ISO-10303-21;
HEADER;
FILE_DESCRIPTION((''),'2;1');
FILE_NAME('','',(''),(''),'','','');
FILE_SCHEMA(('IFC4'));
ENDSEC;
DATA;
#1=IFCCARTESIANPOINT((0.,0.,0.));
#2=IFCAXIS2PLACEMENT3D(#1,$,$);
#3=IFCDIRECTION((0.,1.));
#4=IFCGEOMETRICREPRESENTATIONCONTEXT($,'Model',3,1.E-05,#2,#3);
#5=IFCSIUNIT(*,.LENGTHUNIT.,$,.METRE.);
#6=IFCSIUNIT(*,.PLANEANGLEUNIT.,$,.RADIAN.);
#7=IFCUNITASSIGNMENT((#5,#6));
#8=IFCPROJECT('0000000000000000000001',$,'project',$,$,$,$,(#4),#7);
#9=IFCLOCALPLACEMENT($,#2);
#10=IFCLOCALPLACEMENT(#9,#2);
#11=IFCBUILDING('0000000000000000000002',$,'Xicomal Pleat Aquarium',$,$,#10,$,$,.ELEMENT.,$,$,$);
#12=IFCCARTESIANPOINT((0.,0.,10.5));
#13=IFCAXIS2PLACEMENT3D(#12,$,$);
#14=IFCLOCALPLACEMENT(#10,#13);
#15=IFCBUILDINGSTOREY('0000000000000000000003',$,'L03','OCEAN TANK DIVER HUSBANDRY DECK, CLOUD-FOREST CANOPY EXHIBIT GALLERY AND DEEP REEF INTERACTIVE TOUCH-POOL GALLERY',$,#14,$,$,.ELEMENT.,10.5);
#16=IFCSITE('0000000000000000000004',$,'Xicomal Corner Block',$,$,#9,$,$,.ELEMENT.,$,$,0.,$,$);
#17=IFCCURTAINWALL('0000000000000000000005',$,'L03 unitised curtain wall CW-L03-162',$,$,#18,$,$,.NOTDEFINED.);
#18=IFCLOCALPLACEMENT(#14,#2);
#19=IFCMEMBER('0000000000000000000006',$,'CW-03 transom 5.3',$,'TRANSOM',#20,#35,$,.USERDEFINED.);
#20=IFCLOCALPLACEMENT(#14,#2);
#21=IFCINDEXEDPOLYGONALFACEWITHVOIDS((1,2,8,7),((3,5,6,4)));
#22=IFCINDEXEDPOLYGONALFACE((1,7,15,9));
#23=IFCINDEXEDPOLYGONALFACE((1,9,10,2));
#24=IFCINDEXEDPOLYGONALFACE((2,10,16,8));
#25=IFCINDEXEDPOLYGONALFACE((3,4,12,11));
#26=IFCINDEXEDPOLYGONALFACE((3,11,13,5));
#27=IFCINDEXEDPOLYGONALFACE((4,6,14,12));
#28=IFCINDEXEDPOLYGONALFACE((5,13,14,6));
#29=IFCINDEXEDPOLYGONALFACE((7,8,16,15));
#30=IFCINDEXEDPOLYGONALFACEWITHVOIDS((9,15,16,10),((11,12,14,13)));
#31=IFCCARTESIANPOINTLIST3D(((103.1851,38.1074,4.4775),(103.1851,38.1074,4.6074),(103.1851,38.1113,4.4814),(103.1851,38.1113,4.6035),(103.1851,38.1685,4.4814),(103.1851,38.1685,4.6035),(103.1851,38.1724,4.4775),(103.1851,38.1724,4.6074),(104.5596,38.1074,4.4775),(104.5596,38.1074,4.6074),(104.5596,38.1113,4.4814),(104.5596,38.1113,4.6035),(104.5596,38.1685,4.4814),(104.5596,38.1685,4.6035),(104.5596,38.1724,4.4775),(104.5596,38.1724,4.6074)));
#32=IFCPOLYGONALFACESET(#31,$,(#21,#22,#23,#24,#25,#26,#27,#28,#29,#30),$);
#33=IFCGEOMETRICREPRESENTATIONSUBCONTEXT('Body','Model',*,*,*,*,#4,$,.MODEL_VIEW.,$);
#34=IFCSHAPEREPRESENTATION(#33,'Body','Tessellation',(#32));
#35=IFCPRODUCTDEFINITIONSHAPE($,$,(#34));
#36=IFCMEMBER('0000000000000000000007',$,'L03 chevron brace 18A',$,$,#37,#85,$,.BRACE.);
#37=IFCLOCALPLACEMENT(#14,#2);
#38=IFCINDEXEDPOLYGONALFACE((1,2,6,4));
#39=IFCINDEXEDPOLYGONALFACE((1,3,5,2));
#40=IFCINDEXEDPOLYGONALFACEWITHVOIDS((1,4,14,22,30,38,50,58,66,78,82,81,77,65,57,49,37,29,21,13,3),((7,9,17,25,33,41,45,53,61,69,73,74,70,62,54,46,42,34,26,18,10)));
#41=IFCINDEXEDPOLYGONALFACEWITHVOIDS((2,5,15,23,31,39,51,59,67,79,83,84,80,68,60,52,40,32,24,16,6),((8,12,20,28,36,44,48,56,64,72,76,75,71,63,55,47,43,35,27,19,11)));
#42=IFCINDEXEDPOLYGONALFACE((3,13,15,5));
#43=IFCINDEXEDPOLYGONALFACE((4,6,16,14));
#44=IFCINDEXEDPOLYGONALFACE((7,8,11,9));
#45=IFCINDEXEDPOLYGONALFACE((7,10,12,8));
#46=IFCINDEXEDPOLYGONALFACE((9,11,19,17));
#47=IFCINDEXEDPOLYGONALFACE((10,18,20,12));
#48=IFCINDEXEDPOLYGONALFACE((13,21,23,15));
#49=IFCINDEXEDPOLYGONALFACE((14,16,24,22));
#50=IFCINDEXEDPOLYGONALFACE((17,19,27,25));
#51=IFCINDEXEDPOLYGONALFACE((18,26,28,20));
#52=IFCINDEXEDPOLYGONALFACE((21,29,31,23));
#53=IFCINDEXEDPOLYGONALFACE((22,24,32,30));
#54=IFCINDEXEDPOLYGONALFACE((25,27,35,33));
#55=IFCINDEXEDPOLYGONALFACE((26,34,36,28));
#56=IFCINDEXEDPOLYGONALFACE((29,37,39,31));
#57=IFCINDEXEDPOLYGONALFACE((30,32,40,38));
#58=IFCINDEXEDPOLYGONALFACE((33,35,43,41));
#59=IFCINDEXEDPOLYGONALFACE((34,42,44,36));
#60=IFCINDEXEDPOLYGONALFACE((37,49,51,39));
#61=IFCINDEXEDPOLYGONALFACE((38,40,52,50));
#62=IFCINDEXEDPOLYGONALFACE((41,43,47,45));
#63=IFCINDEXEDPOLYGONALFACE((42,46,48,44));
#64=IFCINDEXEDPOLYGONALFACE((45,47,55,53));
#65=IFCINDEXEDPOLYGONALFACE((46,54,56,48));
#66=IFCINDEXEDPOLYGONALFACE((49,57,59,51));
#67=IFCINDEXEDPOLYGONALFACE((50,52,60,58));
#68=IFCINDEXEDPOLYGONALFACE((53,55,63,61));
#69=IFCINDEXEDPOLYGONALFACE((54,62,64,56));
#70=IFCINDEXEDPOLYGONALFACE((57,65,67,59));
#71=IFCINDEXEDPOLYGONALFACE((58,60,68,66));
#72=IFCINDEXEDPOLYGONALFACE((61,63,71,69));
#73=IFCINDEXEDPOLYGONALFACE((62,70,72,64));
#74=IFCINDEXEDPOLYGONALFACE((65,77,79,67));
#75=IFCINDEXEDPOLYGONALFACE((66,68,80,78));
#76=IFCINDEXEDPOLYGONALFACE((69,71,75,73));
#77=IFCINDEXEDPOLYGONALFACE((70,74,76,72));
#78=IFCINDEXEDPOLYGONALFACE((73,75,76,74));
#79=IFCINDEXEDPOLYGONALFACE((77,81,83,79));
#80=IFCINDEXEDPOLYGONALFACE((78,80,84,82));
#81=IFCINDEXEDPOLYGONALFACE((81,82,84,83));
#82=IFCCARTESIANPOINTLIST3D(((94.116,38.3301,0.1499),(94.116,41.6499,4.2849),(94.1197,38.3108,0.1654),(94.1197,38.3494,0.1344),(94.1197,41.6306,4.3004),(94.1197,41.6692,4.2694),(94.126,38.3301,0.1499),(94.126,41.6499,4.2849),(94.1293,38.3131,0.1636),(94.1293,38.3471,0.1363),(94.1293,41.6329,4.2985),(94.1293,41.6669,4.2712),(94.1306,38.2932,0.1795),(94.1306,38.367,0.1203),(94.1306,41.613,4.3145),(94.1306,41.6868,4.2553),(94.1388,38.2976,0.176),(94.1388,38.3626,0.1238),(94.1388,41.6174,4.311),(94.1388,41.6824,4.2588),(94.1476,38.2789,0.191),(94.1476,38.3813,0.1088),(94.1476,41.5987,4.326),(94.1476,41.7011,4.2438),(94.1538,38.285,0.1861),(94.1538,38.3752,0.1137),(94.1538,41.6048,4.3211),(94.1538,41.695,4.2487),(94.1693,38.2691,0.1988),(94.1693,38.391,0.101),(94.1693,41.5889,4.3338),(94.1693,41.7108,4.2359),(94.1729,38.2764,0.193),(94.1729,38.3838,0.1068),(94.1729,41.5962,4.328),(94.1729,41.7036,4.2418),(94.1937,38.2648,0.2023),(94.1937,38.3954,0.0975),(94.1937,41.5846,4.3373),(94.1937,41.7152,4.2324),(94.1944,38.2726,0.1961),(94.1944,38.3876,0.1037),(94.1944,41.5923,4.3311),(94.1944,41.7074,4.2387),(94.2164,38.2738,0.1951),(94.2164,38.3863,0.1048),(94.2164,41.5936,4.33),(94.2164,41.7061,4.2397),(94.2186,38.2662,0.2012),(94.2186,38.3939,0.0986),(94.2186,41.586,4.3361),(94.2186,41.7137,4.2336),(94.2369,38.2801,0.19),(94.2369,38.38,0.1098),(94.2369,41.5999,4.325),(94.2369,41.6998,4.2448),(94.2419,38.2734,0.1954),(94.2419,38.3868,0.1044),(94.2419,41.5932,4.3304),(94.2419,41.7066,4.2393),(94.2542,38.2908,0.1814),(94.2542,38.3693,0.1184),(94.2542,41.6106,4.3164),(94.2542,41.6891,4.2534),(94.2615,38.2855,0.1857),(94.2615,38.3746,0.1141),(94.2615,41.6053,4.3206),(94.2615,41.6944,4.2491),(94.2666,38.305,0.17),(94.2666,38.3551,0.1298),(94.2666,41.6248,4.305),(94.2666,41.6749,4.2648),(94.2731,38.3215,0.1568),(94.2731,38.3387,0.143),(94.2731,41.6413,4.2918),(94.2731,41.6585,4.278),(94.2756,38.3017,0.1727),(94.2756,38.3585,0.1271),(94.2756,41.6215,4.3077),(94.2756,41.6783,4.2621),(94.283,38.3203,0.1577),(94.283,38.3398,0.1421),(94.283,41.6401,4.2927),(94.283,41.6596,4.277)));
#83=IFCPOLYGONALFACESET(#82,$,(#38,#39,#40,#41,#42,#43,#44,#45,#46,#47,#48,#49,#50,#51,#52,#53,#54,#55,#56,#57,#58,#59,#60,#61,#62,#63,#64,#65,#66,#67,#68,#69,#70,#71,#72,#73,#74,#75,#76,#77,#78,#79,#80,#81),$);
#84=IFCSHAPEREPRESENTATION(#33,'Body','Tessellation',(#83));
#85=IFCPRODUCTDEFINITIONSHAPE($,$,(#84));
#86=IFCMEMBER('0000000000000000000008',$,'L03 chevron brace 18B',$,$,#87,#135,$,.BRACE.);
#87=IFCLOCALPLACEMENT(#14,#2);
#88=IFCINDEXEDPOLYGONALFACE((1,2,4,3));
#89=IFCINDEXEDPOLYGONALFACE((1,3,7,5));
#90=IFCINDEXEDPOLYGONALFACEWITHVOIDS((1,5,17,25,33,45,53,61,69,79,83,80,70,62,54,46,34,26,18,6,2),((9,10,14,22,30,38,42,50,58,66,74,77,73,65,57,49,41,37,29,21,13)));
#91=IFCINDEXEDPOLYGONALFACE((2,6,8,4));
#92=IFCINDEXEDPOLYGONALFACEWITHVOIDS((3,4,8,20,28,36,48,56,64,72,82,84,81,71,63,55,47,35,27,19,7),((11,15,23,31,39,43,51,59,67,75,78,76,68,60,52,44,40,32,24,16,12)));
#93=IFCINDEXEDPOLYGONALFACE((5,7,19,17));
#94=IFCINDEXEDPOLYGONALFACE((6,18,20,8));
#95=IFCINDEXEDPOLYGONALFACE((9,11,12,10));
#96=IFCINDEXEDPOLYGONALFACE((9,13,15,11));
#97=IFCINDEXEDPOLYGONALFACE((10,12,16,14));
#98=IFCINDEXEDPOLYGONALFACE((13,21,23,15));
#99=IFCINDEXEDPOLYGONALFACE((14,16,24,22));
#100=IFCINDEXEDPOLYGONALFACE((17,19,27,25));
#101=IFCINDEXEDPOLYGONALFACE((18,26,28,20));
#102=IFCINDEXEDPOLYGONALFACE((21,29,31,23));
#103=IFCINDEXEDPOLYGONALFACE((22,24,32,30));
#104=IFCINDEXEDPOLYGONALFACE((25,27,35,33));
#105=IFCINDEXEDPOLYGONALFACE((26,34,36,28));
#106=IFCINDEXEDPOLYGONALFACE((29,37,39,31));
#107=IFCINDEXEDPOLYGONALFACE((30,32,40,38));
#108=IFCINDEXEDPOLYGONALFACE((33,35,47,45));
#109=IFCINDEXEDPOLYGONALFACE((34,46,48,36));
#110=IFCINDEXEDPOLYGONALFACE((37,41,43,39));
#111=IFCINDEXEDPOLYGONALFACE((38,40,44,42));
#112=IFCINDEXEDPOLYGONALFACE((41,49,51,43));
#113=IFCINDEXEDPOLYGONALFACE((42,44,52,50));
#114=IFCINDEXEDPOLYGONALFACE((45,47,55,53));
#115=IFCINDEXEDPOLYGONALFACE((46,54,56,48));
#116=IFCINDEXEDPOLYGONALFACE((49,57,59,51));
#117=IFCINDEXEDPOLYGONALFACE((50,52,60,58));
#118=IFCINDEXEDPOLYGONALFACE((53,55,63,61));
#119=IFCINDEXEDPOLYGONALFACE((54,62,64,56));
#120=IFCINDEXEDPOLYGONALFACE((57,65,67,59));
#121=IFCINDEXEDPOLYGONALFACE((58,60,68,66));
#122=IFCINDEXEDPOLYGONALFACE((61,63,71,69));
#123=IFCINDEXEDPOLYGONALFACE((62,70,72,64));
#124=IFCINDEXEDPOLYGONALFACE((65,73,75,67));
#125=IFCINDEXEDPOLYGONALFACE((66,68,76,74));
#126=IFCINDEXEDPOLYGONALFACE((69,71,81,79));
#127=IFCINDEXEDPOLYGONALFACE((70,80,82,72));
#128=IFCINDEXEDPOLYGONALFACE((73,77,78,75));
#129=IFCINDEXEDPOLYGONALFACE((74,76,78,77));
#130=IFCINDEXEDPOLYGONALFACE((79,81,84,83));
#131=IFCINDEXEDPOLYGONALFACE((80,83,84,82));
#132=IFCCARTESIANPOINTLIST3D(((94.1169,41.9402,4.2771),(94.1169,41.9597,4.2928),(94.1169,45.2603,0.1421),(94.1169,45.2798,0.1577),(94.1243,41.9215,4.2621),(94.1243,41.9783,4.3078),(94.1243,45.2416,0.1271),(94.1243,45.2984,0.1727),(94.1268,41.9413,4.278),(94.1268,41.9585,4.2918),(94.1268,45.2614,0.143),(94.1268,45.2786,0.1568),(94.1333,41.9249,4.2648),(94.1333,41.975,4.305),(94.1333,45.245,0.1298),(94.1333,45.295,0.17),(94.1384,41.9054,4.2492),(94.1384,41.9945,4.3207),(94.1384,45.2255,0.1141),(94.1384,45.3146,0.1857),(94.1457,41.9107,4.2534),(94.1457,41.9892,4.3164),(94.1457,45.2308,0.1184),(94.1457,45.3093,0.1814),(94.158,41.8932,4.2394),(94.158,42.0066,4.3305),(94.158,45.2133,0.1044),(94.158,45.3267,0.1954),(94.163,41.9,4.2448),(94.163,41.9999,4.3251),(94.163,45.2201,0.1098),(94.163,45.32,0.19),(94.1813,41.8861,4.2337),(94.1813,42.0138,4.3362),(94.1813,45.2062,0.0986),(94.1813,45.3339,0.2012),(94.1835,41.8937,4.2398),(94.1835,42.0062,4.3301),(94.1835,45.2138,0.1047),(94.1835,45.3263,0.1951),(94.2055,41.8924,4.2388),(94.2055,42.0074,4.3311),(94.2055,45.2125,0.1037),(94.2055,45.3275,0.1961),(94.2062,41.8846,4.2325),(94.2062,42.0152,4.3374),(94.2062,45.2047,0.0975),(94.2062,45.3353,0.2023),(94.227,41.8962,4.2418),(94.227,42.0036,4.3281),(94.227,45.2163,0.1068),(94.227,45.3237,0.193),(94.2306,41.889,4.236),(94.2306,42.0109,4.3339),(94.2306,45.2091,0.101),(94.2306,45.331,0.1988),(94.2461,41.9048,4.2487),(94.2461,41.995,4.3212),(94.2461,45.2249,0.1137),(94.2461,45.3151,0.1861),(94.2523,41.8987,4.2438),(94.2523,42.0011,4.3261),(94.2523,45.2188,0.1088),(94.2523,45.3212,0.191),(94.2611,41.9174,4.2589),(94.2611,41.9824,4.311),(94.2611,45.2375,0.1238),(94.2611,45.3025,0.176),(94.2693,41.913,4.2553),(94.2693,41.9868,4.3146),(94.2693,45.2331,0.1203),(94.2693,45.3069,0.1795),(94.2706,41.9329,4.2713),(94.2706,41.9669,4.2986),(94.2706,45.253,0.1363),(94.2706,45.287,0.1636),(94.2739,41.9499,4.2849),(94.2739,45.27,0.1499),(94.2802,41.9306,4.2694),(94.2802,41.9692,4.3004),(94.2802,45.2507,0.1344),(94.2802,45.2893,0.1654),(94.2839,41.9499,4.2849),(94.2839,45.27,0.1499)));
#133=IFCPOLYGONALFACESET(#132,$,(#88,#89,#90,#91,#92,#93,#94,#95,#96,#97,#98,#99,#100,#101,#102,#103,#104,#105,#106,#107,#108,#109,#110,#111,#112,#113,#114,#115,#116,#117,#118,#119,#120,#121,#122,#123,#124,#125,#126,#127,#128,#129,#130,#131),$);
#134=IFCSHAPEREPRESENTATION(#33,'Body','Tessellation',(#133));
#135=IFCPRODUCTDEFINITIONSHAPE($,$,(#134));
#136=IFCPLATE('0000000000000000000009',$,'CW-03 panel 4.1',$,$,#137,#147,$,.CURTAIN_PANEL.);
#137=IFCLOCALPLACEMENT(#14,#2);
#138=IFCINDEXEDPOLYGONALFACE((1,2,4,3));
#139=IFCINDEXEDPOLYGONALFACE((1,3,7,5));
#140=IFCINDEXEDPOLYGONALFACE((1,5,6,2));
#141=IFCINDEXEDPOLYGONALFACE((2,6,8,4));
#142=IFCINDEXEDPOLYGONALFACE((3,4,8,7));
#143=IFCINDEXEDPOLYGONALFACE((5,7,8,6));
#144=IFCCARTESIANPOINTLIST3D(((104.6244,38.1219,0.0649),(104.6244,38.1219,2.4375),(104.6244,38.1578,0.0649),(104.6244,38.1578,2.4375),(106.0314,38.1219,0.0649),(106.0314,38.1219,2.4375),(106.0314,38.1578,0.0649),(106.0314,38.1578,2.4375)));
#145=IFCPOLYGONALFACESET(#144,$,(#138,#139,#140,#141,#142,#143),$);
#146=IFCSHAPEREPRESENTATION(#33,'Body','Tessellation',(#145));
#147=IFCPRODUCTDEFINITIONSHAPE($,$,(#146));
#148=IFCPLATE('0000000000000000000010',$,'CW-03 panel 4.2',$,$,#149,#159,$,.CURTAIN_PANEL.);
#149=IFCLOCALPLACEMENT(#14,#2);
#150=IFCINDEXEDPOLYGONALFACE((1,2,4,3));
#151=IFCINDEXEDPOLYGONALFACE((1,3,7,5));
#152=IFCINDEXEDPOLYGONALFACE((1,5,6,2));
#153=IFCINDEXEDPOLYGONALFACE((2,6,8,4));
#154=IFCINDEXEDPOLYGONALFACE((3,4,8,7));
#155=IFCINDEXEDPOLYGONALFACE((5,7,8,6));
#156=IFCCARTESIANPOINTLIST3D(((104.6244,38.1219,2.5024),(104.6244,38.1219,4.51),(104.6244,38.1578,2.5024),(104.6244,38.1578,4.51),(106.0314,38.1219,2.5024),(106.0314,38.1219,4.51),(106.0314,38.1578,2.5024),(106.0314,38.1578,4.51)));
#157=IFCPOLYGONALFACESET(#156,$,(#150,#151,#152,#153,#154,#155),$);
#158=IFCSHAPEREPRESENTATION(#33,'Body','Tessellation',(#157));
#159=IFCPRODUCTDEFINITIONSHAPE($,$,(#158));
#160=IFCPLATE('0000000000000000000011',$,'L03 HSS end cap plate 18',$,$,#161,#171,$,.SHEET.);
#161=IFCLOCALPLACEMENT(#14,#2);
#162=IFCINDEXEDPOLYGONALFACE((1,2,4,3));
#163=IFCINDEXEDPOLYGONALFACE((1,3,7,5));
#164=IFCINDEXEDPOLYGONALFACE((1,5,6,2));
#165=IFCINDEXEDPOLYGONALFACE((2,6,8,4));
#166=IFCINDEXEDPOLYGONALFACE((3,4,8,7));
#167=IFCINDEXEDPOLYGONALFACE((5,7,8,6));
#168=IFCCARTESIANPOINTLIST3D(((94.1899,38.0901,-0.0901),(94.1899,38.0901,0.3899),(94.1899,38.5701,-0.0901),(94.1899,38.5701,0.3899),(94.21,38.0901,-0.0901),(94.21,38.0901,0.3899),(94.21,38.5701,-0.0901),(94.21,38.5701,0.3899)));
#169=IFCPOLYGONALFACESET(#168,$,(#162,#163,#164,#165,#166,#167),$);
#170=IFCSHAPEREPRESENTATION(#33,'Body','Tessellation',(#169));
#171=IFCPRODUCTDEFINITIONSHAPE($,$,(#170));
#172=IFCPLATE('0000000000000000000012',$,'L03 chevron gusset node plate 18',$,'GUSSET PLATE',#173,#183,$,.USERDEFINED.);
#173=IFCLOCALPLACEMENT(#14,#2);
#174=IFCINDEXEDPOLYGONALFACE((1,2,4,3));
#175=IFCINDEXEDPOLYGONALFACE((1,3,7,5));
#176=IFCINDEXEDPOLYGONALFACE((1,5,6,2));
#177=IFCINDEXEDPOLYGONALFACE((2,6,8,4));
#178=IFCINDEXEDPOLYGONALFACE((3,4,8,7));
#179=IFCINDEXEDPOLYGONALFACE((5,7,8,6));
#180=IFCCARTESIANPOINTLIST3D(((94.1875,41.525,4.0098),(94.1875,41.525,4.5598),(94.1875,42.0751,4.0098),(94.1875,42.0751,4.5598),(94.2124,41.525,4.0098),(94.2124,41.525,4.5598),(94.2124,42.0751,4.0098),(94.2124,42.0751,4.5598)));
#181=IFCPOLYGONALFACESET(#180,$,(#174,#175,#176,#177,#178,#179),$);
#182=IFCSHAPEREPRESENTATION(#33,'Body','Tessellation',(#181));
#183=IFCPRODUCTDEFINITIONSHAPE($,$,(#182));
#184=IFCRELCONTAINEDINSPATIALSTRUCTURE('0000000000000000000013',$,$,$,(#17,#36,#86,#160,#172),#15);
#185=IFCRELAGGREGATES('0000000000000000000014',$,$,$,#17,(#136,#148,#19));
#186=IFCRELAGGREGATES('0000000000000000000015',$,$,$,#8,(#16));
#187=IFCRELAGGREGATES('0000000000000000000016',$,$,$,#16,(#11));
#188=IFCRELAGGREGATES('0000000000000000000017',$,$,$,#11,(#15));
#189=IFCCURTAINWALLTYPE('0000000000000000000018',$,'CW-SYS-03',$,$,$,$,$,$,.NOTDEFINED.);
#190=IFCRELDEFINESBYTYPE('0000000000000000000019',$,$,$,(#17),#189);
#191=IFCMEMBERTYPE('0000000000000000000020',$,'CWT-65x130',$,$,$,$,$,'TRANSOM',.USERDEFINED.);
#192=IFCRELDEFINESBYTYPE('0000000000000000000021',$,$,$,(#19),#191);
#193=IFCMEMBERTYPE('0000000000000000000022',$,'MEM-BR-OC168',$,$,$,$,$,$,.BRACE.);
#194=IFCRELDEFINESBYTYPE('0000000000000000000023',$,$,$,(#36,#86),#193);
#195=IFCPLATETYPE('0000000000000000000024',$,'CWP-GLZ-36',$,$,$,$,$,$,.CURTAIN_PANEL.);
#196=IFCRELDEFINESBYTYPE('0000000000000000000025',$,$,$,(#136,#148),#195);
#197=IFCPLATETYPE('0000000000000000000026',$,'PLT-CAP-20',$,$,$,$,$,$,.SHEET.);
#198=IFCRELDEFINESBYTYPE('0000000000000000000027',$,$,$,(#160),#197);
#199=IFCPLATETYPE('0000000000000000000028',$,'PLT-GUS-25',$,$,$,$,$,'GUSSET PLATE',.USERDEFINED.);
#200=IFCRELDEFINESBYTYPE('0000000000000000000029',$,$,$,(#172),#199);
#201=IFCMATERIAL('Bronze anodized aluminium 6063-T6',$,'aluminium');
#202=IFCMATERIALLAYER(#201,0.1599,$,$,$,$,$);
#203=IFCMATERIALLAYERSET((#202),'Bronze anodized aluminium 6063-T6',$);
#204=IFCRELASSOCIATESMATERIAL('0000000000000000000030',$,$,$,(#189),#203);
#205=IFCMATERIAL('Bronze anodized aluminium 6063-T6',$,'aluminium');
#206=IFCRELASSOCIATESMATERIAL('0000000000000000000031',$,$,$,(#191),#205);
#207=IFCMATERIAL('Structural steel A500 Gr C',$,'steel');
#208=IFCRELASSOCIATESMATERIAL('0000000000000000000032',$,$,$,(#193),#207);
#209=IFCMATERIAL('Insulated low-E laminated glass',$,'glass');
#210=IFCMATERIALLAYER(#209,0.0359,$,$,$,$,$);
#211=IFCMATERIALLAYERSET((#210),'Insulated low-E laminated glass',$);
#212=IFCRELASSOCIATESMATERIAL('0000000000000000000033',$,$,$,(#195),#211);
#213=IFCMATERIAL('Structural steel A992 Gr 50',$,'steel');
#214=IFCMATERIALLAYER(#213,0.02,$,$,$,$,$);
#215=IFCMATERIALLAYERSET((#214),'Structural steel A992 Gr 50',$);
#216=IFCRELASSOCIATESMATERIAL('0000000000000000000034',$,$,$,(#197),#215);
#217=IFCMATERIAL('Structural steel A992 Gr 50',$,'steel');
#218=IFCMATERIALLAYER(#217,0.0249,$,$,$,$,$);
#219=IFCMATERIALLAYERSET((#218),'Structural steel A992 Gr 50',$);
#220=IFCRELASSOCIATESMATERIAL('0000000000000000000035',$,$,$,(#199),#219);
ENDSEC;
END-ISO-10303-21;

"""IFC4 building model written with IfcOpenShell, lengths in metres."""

from ifc_helpers import new_model, si_unit, direction, frame, origin, origin_2d, place, context, subcontext, project, spatial, rectangle, hollow_rectangle, hollow_circle, extrude, material, layer, layer_set, material_profile, profile_set, type_object, element, aggregate, save


model = new_model("IFC4")

# Units and contexts
model_context = context("Model", 3, precision=1e-05, world=origin(), true_north=direction((0.0, 1.0)))
body_context = subcontext(model_context, "Body", "Model", "MODEL_VIEW")
ifc_project = project(units=[si_unit("LENGTHUNIT", "METRE"), si_unit("PLANEANGLEUNIT", "RADIAN")], contexts=[model_context])

# Site, building, storey
site_placement = place(None, origin())
site = spatial("IfcSite", under=ifc_project, at=site_placement, Name="Xicomal Corner Block", CompositionType="ELEMENT", RefElevation=0.0)
building_placement = place(site_placement, origin())
building = spatial("IfcBuilding", under=site, at=building_placement, Name="Xicomal Pleat Aquarium", CompositionType="ELEMENT")
storey_placement = place(building_placement, frame((0.0, 0.0, 10.5)))
storey = spatial("IfcBuildingStorey", under=building, at=storey_placement, Name="L03", Description="OCEAN TANK DIVER HUSBANDRY DECK, CLOUD-FOREST CANOPY EXHIBIT GALLERY AND DEEP REEF INTERACTIVE TOUCH-POOL GALLERY", CompositionType="ELEMENT", Elevation=10.5)

# Curtain wall, member
ifc_material_1 = material(Name="Bronze anodized aluminium 6063-T6", Category="aluminium")
ifc_layer_1 = layer(ifc_material_1, 0.1599)
ifc_layer_set_1 = layer_set([ifc_layer_1], Name="Bronze anodized aluminium 6063-T6")
curtain_wall_type = type_object("IfcCurtainWallType", Name="CW-SYS-03", PredefinedType="NOTDEFINED", material=ifc_layer_set_1)
curtain_wall_placement = place(storey_placement, origin())
curtain_wall = element("IfcCurtainWall", 1, at=curtain_wall_placement, inside=storey, type_object=curtain_wall_type, Name="L03 unitised curtain wall CW-L03-162", PredefinedType="NOTDEFINED")
ifc_material_2 = material(Name="Bronze anodized aluminium 6063-T6", Category="aluminium")
ifc_material_profile_1 = material_profile(ifc_material_2, hollow_rectangle(XDim=0.0649, YDim=0.1299, WallThickness=0.0039, at=origin_2d()), Name="ALU TRAN 65x130")
ifc_profile_set_1 = profile_set([ifc_material_profile_1], Name="Bronze anodized aluminium 6063-T6")
member_type_1 = type_object("IfcMemberType", Name="CWT-65x130", ElementType="TRANSOM", PredefinedType="USERDEFINED", material=ifc_profile_set_1)
member_1_placement = place(storey_placement, frame((104.5596, 38.1399, 4.5425), z_axis=(-1.0, 0.0, 0.0), x_axis=(0.0, -1.0, 0.0)))
member_1 = element("IfcMember", 2, at=member_1_placement, type_object=member_type_1, Name="CW-03 transom 5.3", ObjectType="TRANSOM", PredefinedType="USERDEFINED", context=body_context, shape_type="SweptSolid", body=[
    extrude(hollow_rectangle(XDim=0.0649, YDim=0.1299, WallThickness=0.0039, at=origin_2d()), origin(), (0.0, 0.0, 1.0), 1.3745),
])

# Members
ifc_material_3 = material(Name="Structural steel A500 Gr C", Category="steel")
ifc_material_profile_2 = material_profile(ifc_material_3, hollow_circle(Radius=0.084, WallThickness=0.01, at=origin_2d()), Name="OC 168x10")
ifc_profile_set_2 = profile_set([ifc_material_profile_2], Name="Structural steel A500 Gr C")
member_type_2 = type_object("IfcMemberType", Name="MEM-BR-OC168", PredefinedType="BRACE", material=ifc_profile_set_2)
member_2_placement = place(storey_placement, frame((94.2, 38.3301, 0.1499), z_axis=(0.0, 0.626053, 0.779781), x_axis=(-1.0, 0.0, 0.0)))
element("IfcMember", 3, at=member_2_placement, inside=storey, type_object=member_type_2, Name="L03 chevron brace 18A", PredefinedType="BRACE", context=body_context, shape_type="SweptSolid", body=[
    extrude(hollow_circle(Radius=0.084, WallThickness=0.01, at=origin_2d()), origin(), (0.0, 0.0, 1.0), 5.3027),
])
member_3_placement = place(storey_placement, frame((94.2, 45.27, 0.1499), z_axis=(0.0, -0.626081, 0.779758), x_axis=(1.0, 0.0, 0.0)))
element("IfcMember", 4, at=member_3_placement, inside=storey, type_object=member_type_2, Name="L03 chevron brace 18B", PredefinedType="BRACE", context=body_context, shape_type="SweptSolid", body=[
    extrude(hollow_circle(Radius=0.084, WallThickness=0.01, at=origin_2d()), origin(), (0.0, 0.0, 1.0), 5.303),
])

# Plates
ifc_material_4 = material(Name="Insulated low-E laminated glass", Category="glass")
ifc_layer_2 = layer(ifc_material_4, 0.0359)
ifc_layer_set_2 = layer_set([ifc_layer_2], Name="Insulated low-E laminated glass")
plate_type_1 = type_object("IfcPlateType", Name="CWP-GLZ-36", PredefinedType="CURTAIN_PANEL", material=ifc_layer_set_2)
plate_1_placement = place(storey_placement, frame((105.3279, 38.1399, 0.0649), z_axis=(0.0, 0.0, 1.0), x_axis=(-1.0, 0.0, 0.0)))
plate_1 = element("IfcPlate", 5, at=plate_1_placement, type_object=plate_type_1, Name="CW-03 panel 4.1", PredefinedType="CURTAIN_PANEL", context=body_context, shape_type="SweptSolid", body=[
    extrude(rectangle(XDim=1.407, YDim=0.0359, at=origin_2d()), origin(), (0.0, 0.0, 1.0), 2.3726),
])
plate_2_placement = place(storey_placement, frame((105.3279, 38.1399, 2.5024), z_axis=(0.0, 0.0, 1.0), x_axis=(-1.0, 0.0, 0.0)))
plate_2 = element("IfcPlate", 6, at=plate_2_placement, type_object=plate_type_1, Name="CW-03 panel 4.2", PredefinedType="CURTAIN_PANEL", context=body_context, shape_type="SweptSolid", body=[
    extrude(rectangle(XDim=1.407, YDim=0.0359, at=origin_2d()), origin(), (0.0, 0.0, 1.0), 2.0076),
])
aggregate(curtain_wall, [plate_1, plate_2, member_1])

# Plates
ifc_material_5 = material(Name="Structural steel A992 Gr 50", Category="steel")
ifc_layer_3 = layer(ifc_material_5, 0.02)
ifc_layer_set_3 = layer_set([ifc_layer_3], Name="Structural steel A992 Gr 50")
plate_type_2 = type_object("IfcPlateType", Name="PLT-CAP-20", PredefinedType="SHEET", material=ifc_layer_set_3)
plate_3_placement = place(storey_placement, frame((94.2, 38.3301, -0.0901), z_axis=(0.0, 0.0, 1.0), x_axis=(0.0, 1.0, 0.0)))
element("IfcPlate", 7, at=plate_3_placement, inside=storey, type_object=plate_type_2, Name="L03 HSS end cap plate 18", PredefinedType="SHEET", context=body_context, shape_type="SweptSolid", body=[
    extrude(rectangle(XDim=0.48, YDim=0.02, at=origin_2d()), origin(), (0.0, 0.0, 1.0), 0.48),
])
ifc_material_6 = material(Name="Structural steel A992 Gr 50", Category="steel")
ifc_layer_4 = layer(ifc_material_6, 0.0249)
ifc_layer_set_4 = layer_set([ifc_layer_4], Name="Structural steel A992 Gr 50")
plate_type_3 = type_object("IfcPlateType", Name="PLT-GUS-25", ElementType="GUSSET PLATE", PredefinedType="USERDEFINED", material=ifc_layer_set_4)
plate_4_placement = place(storey_placement, frame((94.2, 41.8, 4.0098), z_axis=(0.0, 0.0, 1.0), x_axis=(0.0, 1.0, 0.0)))
element("IfcPlate", 8, at=plate_4_placement, inside=storey, type_object=plate_type_3, Name="L03 chevron gusset node plate 18", ObjectType="GUSSET PLATE", PredefinedType="USERDEFINED", context=body_context, shape_type="SweptSolid", body=[
    extrude(rectangle(XDim=0.55, YDim=0.0249, at=origin_2d()), origin(), (0.0, 0.0, 1.0), 0.55),
])

save(model, "model.ifc")
